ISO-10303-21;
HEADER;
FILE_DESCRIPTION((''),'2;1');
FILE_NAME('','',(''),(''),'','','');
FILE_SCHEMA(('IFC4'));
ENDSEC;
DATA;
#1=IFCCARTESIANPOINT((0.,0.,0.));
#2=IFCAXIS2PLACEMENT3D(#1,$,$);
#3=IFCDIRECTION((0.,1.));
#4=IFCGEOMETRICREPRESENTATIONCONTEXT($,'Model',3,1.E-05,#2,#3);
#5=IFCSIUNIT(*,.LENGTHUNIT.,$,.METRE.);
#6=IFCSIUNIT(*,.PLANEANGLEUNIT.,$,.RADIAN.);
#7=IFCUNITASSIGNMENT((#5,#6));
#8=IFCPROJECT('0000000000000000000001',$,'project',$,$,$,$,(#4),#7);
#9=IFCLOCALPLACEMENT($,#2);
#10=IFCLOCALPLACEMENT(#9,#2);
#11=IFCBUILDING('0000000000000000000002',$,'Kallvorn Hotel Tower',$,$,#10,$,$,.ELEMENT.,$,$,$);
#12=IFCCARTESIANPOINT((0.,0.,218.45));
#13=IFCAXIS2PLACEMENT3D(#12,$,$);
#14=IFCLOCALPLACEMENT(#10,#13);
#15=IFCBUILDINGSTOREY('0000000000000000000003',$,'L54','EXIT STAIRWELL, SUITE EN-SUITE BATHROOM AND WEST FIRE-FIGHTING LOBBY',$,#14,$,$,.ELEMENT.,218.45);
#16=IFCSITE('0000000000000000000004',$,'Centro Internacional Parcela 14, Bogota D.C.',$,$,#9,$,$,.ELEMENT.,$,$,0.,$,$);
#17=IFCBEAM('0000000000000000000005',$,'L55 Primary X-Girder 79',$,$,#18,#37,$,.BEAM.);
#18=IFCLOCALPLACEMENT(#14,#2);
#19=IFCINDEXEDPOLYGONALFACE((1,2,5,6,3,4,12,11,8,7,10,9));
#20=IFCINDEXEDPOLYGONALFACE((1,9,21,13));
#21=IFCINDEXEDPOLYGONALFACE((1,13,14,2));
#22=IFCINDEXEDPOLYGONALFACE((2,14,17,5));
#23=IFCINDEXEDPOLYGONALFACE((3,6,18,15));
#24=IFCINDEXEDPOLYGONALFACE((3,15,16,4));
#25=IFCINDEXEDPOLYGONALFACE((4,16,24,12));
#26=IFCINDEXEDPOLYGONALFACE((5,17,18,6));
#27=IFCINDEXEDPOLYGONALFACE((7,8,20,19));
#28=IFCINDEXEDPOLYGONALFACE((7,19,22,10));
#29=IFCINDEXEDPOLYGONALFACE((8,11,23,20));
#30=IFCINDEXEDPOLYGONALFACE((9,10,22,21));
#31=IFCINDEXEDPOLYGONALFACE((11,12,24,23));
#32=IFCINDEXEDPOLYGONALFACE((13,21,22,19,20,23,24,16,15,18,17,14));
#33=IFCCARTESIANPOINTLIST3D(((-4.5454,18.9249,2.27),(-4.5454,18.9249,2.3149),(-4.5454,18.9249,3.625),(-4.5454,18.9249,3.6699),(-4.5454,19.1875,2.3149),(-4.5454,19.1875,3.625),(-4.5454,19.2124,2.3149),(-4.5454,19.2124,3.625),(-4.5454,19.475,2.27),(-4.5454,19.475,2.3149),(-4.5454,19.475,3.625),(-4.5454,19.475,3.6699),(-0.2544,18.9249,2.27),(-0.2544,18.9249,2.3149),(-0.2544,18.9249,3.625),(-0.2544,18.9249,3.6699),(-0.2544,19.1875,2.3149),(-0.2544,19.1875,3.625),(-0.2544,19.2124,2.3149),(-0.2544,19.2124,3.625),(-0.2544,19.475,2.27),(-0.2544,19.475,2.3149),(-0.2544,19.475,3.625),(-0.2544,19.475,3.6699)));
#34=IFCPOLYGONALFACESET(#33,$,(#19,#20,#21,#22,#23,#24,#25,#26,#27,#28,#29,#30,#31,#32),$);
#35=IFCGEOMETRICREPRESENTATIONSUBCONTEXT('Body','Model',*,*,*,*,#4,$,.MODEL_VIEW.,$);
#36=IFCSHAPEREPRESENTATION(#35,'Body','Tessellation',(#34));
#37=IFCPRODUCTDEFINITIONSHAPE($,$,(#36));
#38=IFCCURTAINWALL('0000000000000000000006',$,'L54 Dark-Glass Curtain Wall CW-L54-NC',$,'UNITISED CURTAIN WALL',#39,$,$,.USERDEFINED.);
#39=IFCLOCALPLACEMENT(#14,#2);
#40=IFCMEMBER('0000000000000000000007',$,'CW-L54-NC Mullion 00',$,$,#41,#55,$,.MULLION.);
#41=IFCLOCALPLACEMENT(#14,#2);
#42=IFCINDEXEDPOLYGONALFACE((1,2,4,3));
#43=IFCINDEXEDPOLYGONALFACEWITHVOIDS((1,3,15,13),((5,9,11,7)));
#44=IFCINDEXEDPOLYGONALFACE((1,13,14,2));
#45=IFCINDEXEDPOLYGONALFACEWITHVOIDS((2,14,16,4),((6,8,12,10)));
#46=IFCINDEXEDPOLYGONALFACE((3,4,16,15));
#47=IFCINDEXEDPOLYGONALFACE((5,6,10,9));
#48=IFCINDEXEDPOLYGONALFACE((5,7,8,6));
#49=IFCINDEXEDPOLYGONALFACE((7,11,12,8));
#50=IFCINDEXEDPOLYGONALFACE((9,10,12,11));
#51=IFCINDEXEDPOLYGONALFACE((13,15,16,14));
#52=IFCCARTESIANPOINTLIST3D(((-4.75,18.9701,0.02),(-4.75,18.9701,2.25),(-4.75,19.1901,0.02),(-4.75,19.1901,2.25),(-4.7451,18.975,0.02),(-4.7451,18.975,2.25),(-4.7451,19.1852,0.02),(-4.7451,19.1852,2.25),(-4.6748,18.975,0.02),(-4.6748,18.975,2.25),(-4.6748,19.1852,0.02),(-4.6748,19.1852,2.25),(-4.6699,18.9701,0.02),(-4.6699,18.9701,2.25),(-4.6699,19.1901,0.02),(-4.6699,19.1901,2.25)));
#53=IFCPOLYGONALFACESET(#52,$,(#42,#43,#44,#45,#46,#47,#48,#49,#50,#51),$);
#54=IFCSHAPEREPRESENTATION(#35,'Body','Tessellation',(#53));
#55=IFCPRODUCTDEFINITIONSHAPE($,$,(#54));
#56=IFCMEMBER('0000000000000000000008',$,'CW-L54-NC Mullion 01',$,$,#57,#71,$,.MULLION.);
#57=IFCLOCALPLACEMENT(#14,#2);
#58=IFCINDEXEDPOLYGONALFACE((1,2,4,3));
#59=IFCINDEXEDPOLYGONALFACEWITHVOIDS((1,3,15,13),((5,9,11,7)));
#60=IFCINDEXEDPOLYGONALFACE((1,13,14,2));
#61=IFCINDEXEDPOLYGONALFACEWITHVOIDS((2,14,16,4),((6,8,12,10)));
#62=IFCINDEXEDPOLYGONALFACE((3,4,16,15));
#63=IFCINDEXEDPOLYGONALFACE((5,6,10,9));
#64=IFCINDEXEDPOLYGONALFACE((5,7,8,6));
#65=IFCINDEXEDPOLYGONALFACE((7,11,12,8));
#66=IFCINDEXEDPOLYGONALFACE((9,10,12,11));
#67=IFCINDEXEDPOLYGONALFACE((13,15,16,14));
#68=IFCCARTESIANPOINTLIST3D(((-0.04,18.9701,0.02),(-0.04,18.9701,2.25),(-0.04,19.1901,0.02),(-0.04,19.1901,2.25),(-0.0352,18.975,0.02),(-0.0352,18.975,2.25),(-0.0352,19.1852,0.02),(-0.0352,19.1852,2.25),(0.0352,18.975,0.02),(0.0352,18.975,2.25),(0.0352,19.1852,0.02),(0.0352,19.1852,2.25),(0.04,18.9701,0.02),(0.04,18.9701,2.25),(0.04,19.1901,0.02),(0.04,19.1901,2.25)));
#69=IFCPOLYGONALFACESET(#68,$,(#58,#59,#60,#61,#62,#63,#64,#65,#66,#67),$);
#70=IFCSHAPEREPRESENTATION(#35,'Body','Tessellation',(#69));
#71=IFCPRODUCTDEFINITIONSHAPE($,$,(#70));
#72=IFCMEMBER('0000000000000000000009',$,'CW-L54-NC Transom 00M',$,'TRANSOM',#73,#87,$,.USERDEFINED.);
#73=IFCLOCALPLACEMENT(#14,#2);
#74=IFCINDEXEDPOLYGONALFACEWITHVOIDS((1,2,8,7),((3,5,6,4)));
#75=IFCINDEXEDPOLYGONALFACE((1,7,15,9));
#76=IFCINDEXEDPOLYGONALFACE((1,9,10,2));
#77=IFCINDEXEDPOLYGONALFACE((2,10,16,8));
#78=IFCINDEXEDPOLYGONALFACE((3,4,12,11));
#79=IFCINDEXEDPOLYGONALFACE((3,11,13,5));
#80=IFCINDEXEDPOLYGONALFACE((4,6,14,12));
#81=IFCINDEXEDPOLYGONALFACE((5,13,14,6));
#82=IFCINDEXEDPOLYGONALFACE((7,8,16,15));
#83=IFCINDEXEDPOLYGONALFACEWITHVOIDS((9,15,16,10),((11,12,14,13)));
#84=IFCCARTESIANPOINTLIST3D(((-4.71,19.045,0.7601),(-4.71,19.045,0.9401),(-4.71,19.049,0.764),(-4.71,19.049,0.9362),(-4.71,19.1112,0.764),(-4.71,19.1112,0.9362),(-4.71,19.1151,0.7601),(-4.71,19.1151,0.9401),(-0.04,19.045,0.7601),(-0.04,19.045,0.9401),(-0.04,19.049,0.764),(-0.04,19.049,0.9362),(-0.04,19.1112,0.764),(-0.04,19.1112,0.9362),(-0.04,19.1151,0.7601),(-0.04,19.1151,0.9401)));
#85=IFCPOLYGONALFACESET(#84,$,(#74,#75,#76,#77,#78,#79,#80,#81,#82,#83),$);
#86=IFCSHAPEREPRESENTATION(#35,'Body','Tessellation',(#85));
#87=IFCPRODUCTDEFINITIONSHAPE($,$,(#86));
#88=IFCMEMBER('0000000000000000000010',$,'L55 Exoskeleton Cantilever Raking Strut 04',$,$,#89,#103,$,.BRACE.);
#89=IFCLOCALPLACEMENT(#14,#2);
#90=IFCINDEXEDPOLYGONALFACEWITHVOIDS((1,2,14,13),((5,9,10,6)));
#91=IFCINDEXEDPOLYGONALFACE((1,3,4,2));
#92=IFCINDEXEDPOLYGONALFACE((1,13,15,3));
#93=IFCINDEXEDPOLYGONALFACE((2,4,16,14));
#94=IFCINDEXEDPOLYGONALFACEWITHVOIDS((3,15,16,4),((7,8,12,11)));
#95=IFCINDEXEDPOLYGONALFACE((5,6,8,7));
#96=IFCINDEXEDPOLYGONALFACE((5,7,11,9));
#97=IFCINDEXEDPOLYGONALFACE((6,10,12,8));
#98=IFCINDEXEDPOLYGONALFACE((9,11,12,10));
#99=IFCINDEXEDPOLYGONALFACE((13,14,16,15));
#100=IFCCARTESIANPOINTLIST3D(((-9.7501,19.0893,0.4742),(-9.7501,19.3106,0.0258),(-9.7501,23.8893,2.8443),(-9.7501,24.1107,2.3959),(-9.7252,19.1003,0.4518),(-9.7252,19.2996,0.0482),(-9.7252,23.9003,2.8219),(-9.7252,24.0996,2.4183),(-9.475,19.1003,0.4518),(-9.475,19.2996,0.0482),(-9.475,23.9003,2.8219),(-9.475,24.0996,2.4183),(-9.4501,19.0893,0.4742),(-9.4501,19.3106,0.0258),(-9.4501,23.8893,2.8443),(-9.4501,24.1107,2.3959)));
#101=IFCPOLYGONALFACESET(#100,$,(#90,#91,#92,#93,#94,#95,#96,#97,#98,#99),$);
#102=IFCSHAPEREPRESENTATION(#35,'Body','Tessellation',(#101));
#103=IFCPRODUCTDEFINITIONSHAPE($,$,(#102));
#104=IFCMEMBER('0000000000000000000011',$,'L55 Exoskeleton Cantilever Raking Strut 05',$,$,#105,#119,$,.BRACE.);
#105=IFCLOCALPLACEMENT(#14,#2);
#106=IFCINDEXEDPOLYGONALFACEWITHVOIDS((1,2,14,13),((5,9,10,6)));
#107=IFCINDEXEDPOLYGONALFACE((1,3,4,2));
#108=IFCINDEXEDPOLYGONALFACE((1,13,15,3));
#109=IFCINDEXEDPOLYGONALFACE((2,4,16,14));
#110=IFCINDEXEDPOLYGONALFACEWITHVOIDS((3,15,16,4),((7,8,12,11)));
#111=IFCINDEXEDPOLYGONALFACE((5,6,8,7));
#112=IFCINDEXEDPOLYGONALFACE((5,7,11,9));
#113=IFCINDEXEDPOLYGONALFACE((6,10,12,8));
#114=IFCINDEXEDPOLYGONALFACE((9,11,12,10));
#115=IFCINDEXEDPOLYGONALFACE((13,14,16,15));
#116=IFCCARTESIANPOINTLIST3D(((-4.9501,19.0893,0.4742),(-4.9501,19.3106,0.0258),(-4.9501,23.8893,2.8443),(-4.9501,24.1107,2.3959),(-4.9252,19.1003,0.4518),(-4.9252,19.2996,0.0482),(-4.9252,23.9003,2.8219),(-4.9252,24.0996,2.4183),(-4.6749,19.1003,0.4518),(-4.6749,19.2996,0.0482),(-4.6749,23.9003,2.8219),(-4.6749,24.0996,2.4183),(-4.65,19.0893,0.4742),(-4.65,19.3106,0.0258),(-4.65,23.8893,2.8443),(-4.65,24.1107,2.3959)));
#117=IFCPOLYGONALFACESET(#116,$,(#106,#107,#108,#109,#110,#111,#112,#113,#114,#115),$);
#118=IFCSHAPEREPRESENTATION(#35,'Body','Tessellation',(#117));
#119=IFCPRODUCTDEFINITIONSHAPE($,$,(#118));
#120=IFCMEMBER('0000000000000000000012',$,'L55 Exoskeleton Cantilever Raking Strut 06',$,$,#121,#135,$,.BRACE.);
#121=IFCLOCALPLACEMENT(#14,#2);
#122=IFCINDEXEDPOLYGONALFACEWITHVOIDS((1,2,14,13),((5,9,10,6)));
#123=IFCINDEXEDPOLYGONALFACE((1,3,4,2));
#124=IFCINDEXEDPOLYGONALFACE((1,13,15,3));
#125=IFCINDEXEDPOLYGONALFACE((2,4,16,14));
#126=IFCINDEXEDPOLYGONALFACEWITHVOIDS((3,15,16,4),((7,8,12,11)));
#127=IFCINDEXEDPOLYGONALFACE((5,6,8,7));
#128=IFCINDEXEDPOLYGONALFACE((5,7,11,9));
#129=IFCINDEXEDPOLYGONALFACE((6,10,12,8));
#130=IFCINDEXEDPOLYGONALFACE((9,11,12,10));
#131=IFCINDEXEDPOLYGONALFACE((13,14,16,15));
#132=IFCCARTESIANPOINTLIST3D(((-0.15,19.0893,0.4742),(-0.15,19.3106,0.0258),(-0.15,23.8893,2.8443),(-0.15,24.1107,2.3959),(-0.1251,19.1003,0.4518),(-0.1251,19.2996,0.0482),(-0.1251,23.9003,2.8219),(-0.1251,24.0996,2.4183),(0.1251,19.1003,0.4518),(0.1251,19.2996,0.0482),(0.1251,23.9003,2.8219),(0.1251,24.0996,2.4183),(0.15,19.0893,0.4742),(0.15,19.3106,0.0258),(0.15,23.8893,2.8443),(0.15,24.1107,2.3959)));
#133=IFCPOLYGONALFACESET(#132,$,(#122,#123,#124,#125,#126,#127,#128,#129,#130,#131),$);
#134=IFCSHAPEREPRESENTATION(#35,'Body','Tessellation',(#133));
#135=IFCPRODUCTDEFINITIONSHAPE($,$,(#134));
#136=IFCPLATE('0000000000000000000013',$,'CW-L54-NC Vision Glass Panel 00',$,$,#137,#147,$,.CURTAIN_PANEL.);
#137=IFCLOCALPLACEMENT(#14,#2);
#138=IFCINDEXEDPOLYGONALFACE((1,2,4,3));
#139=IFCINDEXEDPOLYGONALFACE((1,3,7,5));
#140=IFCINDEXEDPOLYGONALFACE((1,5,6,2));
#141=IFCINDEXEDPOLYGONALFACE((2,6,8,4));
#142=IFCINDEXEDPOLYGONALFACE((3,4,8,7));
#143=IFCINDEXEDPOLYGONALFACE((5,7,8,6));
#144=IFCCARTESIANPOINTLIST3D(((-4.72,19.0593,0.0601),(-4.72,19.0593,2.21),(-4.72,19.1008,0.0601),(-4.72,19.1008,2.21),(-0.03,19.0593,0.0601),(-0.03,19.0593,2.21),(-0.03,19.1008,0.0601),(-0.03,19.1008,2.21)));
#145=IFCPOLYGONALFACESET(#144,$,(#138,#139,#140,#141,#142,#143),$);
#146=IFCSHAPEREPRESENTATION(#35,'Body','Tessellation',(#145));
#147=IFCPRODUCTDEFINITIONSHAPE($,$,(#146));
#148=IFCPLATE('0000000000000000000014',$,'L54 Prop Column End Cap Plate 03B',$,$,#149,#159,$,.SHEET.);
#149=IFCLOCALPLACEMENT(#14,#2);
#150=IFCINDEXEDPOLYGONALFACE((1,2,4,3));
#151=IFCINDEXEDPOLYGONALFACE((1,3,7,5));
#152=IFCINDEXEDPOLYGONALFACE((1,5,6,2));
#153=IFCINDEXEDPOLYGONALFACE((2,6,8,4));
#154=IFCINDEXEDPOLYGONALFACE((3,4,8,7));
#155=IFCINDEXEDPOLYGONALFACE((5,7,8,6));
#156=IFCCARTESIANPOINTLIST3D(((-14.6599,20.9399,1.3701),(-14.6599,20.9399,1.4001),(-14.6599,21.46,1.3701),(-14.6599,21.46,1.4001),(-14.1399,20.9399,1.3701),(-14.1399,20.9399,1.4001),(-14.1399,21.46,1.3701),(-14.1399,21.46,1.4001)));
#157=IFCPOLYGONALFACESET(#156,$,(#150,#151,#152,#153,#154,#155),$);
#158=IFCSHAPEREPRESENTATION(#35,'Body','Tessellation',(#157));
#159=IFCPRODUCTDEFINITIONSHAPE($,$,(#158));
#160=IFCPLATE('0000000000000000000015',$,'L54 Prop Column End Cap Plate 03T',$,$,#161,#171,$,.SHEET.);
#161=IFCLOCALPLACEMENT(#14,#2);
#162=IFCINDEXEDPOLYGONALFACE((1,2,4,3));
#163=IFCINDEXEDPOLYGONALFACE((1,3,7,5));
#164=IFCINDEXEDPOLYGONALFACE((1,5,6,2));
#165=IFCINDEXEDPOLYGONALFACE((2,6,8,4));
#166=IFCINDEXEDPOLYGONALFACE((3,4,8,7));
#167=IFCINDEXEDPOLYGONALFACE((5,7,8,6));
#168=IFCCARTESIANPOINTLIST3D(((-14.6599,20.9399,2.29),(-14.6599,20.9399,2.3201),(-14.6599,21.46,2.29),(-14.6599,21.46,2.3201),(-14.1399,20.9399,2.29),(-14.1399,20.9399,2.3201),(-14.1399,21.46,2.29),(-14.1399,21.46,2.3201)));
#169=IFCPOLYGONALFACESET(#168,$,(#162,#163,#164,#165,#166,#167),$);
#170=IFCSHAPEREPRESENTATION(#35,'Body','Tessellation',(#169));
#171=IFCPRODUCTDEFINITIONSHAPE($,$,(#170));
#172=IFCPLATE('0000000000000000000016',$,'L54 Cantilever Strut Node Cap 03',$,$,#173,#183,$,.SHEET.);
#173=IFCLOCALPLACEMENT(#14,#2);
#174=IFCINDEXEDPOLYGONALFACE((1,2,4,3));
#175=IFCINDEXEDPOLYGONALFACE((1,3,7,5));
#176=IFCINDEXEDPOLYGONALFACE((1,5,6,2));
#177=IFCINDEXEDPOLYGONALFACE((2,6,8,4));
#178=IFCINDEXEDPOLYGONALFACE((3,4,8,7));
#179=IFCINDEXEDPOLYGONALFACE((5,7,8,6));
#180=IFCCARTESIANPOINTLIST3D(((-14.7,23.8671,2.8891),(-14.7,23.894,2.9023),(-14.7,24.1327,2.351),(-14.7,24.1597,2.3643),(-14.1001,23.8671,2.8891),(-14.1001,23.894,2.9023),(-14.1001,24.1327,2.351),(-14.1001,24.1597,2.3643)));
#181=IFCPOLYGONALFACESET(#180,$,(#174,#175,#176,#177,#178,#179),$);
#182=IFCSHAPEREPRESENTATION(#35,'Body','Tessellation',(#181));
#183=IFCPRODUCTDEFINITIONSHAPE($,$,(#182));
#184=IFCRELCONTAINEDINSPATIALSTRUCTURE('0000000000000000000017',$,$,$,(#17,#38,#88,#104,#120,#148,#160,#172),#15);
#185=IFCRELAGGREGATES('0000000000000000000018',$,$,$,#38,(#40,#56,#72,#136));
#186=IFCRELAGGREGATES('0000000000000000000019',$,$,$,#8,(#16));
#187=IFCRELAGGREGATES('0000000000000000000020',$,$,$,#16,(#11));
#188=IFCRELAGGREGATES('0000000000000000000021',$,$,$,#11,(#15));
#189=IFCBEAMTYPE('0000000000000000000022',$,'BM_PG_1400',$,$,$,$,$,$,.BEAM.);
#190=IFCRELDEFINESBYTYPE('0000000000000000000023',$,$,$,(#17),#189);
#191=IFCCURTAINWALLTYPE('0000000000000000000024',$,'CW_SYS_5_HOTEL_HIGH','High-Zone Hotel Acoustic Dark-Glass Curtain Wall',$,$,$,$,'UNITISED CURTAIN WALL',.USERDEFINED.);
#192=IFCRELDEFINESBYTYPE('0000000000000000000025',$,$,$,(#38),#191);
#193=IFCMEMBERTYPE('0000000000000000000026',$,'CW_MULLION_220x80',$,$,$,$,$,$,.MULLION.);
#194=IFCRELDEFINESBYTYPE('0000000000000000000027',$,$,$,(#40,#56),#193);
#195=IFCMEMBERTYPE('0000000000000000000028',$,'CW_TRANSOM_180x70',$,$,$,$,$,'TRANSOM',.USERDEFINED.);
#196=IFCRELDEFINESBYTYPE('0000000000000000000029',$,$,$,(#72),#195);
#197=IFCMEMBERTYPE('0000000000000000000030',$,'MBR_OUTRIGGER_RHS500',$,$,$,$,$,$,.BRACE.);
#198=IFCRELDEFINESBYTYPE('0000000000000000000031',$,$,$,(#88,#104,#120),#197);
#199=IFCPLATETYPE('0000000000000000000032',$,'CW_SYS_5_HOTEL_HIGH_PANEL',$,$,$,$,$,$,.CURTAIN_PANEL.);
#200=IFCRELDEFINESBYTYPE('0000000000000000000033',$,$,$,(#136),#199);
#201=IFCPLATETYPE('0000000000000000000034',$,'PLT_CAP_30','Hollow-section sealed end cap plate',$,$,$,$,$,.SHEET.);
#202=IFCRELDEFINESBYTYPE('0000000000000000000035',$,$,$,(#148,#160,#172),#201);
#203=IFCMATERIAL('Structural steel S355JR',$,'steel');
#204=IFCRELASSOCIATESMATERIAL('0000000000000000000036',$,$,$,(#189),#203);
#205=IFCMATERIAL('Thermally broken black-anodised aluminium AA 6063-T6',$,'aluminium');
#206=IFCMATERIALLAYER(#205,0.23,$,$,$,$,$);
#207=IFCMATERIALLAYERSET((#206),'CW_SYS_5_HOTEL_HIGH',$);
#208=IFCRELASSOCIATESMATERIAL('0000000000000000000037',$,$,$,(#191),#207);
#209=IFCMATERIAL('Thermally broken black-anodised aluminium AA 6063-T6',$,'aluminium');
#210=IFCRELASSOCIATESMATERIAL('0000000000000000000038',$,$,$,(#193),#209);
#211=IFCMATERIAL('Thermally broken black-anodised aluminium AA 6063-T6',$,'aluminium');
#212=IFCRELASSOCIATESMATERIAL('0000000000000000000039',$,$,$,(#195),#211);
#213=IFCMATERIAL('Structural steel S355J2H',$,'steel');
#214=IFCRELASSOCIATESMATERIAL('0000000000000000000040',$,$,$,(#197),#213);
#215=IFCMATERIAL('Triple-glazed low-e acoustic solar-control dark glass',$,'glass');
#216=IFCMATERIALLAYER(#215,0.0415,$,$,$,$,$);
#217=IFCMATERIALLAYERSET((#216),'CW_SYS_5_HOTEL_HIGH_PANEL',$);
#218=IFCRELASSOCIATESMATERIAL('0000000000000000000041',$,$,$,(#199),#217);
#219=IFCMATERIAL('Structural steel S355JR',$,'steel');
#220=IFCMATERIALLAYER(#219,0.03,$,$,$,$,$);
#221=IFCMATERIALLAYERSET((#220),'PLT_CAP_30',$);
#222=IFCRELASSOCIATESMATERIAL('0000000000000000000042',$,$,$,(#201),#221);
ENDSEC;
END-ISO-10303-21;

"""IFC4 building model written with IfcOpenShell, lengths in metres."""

from ifc_helpers import new_model, si_unit, direction, frame, origin, origin_2d, place, context, subcontext, project, spatial, polyline, rectangle, hollow_rectangle, i_section, outline, extrude, material, layer, layer_set, material_profile, profile_set, type_object, element, aggregate, save


model = new_model("IFC4")

# Units and contexts
model_context = context("Model", 3, precision=1e-05, world=origin(), true_north=direction((0.0, 1.0)))
body_context = subcontext(model_context, "Body", "Model", "MODEL_VIEW")
ifc_project = project(units=[si_unit("LENGTHUNIT", "METRE"), si_unit("PLANEANGLEUNIT", "RADIAN")], contexts=[model_context])

# Site, building, storey
site_placement = place(None, origin())
site = spatial("IfcSite", under=ifc_project, at=site_placement, Name="Centro Internacional Parcela 14, Bogota D.C.", CompositionType="ELEMENT", RefElevation=0.0)
building_placement = place(site_placement, origin())
building = spatial("IfcBuilding", under=site, at=building_placement, Name="Kallvorn Hotel Tower", CompositionType="ELEMENT")
storey_placement = place(building_placement, frame((0.0, 0.0, 218.45)))
storey = spatial("IfcBuildingStorey", under=building, at=storey_placement, Name="L54", Description="EXIT STAIRWELL, SUITE EN-SUITE BATHROOM AND WEST FIRE-FIGHTING LOBBY", CompositionType="ELEMENT", Elevation=218.45)

# Beam
ifc_material_1 = material(Name="Structural steel S355JR", Category="steel")
ifc_material_profile_1 = material_profile(ifc_material_1, i_section(OverallWidth=0.55, OverallDepth=1.3999, WebThickness=0.0249, FlangeThickness=0.0449, at=origin_2d()), Name="PG 1400x550x25x45")
ifc_profile_set_1 = profile_set([ifc_material_profile_1], Name="Structural steel S355JR")
beam_type_1 = type_object("IfcBeamType", Name="BM_PG_1400", PredefinedType="BEAM", material=ifc_profile_set_1)
for number, where, z_axis, x_axis, name in (
    (1, (-4.5454, 19.2, 2.97), (1.0, 0.0, 0.0), (0.0, 1.0, 0.0), "L55 Primary X-Girder 79"),
):
    element("IfcBeam", number, at=place(storey_placement, frame(where, z_axis=z_axis, x_axis=x_axis)), inside=storey, type_object=beam_type_1, Name=name, PredefinedType="BEAM", context=body_context, shape_type="SweptSolid", body=[
        extrude(i_section(OverallWidth=0.55, OverallDepth=1.3999, WebThickness=0.0249, FlangeThickness=0.0449, at=origin_2d()), origin(), (0.0, 0.0, 1.0), 4.291),
    ])

# Curtain wall, members
ifc_material_2 = material(Name="Thermally broken black-anodised aluminium AA 6063-T6", Category="aluminium")
ifc_layer_1 = layer(ifc_material_2, 0.23)
ifc_layer_set_1 = layer_set([ifc_layer_1], Name="CW_SYS_5_HOTEL_HIGH")
curtain_wall_type = type_object("IfcCurtainWallType", Name="CW_SYS_5_HOTEL_HIGH", Description="High-Zone Hotel Acoustic Dark-Glass Curtain Wall", ElementType="UNITISED CURTAIN WALL", PredefinedType="USERDEFINED", material=ifc_layer_set_1)
curtain_wall_placement = place(storey_placement, origin())
curtain_wall = element("IfcCurtainWall", 2, at=curtain_wall_placement, inside=storey, type_object=curtain_wall_type, Name="L54 Dark-Glass Curtain Wall CW-L54-NC", ObjectType="UNITISED CURTAIN WALL", PredefinedType="USERDEFINED")
ifc_material_3 = material(Name="Thermally broken black-anodised aluminium AA 6063-T6", Category="aluminium")
ifc_material_profile_2 = material_profile(ifc_material_3, hollow_rectangle(XDim=0.0801, YDim=0.22, WallThickness=0.0049, at=origin_2d()), Name="MUL 220x80")
ifc_profile_set_2 = profile_set([ifc_material_profile_2], Name="Thermally broken black-anodised aluminium AA 6063-T6")
member_type_1 = type_object("IfcMemberType", Name="CW_MULLION_220x80", PredefinedType="MULLION", material=ifc_profile_set_2)
member_1_placement = place(storey_placement, frame((-4.71, 19.0801, 0.02), z_axis=(0.0, 0.0, 1.0), x_axis=(1.0, 0.0, 0.0)))
member_1 = element("IfcMember", 3, at=member_1_placement, type_object=member_type_1, Name="CW-L54-NC Mullion 00", PredefinedType="MULLION", context=body_context, shape_type="SweptSolid", body=[
    extrude(hollow_rectangle(XDim=0.0801, YDim=0.22, WallThickness=0.0049, at=origin_2d()), origin(), (0.0, 0.0, 1.0), 2.23),
])
member_2_placement = place(storey_placement, frame((0.0, 19.0801, 0.02), z_axis=(0.0, 0.0, 1.0), x_axis=(1.0, 0.0, 0.0)))
member_2 = element("IfcMember", 4, at=member_2_placement, type_object=member_type_1, Name="CW-L54-NC Mullion 01", PredefinedType="MULLION", context=body_context, shape_type="SweptSolid", body=[
    extrude(hollow_rectangle(XDim=0.0801, YDim=0.22, WallThickness=0.0049, at=origin_2d()), origin(), (0.0, 0.0, 1.0), 2.23),
])
ifc_material_4 = material(Name="Thermally broken black-anodised aluminium AA 6063-T6", Category="aluminium")
ifc_material_profile_3 = material_profile(ifc_material_4, hollow_rectangle(XDim=0.0701, YDim=0.1799, WallThickness=0.0039, at=origin_2d()), Name="TRN 180x70")
ifc_profile_set_3 = profile_set([ifc_material_profile_3], Name="Thermally broken black-anodised aluminium AA 6063-T6")
member_type_2 = type_object("IfcMemberType", Name="CW_TRANSOM_180x70", ElementType="TRANSOM", PredefinedType="USERDEFINED", material=ifc_profile_set_3)
member_3_placement = place(storey_placement, frame((-4.71, 19.0801, 0.8501), z_axis=(1.0, 0.0, 0.0), x_axis=(0.0, 1.0, 0.0)))
member_3 = element("IfcMember", 5, at=member_3_placement, type_object=member_type_2, Name="CW-L54-NC Transom 00M", ObjectType="TRANSOM", PredefinedType="USERDEFINED", context=body_context, shape_type="SweptSolid", body=[
    extrude(hollow_rectangle(XDim=0.0701, YDim=0.1799, WallThickness=0.0039, at=origin_2d()), origin(), (0.0, 0.0, 1.0), 4.6699),
])

# Members
ifc_material_5 = material(Name="Structural steel S355J2H", Category="steel")
ifc_material_profile_4 = material_profile(ifc_material_5, hollow_rectangle(XDim=0.3, YDim=0.5, WallThickness=0.0249, at=origin_2d()), Name="RHS 500x300x25")
ifc_profile_set_4 = profile_set([ifc_material_profile_4], Name="Structural steel S355J2H")
member_type_3 = type_object("IfcMemberType", Name="MBR_OUTRIGGER_RHS500", PredefinedType="BRACE", material=ifc_profile_set_4)
for number, where, z_axis, x_axis, name in (
    (6, (-9.6001, 19.2, 0.25), (0.0, 0.896651, 0.442739), (-1.0, 0.0, 0.0), "L55 Exoskeleton Cantilever Raking Strut 04"),
    (7, (-4.8, 19.2, 0.25), (0.0, 0.896651, 0.442739), (-1.0, 0.0, 0.0), "L55 Exoskeleton Cantilever Raking Strut 05"),
    (8, (0.0, 19.2, 0.25), (0.0, 0.896651, 0.442739), (-1.0, 0.0, 0.0), "L55 Exoskeleton Cantilever Raking Strut 06"),
):
    element("IfcMember", number, at=place(storey_placement, frame(where, z_axis=z_axis, x_axis=x_axis)), inside=storey, type_object=member_type_3, Name=name, PredefinedType="BRACE", context=body_context, shape_type="SweptSolid", body=[
        extrude(hollow_rectangle(XDim=0.3, YDim=0.5, WallThickness=0.0249, at=origin_2d()), origin(), (0.0, 0.0, 1.0), 5.3533),
    ])

# Plate
ifc_material_6 = material(Name="Triple-glazed low-e acoustic solar-control dark glass", Category="glass")
ifc_layer_2 = layer(ifc_material_6, 0.0415)
ifc_layer_set_2 = layer_set([ifc_layer_2], Name="CW_SYS_5_HOTEL_HIGH_PANEL")
plate_type_1 = type_object("IfcPlateType", Name="CW_SYS_5_HOTEL_HIGH_PANEL", PredefinedType="CURTAIN_PANEL", material=ifc_layer_set_2)
plate_1_placement = place(storey_placement, frame((-2.375, 19.0801, 0.0601), z_axis=(0.0, 0.0, 1.0), x_axis=(1.0, 0.0, 0.0)))
plate_1 = element("IfcPlate", 9, at=plate_1_placement, type_object=plate_type_1, Name="CW-L54-NC Vision Glass Panel 00", PredefinedType="CURTAIN_PANEL", context=body_context, shape_type="SweptSolid", body=[
    extrude(rectangle(XDim=4.6899, YDim=0.0415, at=origin_2d()), origin(), (0.0, 0.0, 1.0), 2.1499),
])
aggregate(curtain_wall, [member_1, member_2, member_3, plate_1])

# Plates
ifc_material_7 = material(Name="Structural steel S355JR", Category="steel")
ifc_layer_3 = layer(ifc_material_7, 0.03)
ifc_layer_set_3 = layer_set([ifc_layer_3], Name="PLT_CAP_30")
plate_type_2 = type_object("IfcPlateType", Name="PLT_CAP_30", Description="Hollow-section sealed end cap plate", PredefinedType="SHEET", material=ifc_layer_set_3)
for number, where, z_axis, x_axis, name in (
    (10, (-14.3999, 21.2, 1.3701), (0.0, 0.0, 1.0), (1.0, 0.0, 0.0), "L54 Prop Column End Cap Plate 03B"),
    (11, (-14.3999, 21.2, 2.29), (0.0, 0.0, 1.0), (1.0, 0.0, 0.0), "L54 Prop Column End Cap Plate 03T"),
):
    element("IfcPlate", number, at=place(storey_placement, frame(where, z_axis=z_axis, x_axis=x_axis)), inside=storey, type_object=plate_type_2, Name=name, PredefinedType="SHEET", context=body_context, shape_type="SweptSolid", body=[
        extrude(rectangle(XDim=0.52, YDim=0.52, at=origin_2d()), origin(), (0.0, 0.0, 1.0), 0.03),
    ])
plate_2_placement = place(storey_placement, frame((-14.1001, 24.1597, 2.3643), z_axis=(0.0, 0.896694, 0.442651), x_axis=(-1.0, 0.0, 0.0)))
element("IfcPlate", 12, at=plate_2_placement, inside=storey, type_object=plate_type_2, Name="L54 Cantilever Strut Node Cap 03", PredefinedType="SHEET", context=body_context, shape_type="SweptSolid", body=[
    extrude(outline(polyline([(0.0, 0.0), (0.5999, 0.0), (0.5999, 0.6001), (0.0, 0.6001), (0.0, 0.0)])), origin(), (0.0, 0.0, -1.0), 0.03),
])

save(model, "model.ifc")
